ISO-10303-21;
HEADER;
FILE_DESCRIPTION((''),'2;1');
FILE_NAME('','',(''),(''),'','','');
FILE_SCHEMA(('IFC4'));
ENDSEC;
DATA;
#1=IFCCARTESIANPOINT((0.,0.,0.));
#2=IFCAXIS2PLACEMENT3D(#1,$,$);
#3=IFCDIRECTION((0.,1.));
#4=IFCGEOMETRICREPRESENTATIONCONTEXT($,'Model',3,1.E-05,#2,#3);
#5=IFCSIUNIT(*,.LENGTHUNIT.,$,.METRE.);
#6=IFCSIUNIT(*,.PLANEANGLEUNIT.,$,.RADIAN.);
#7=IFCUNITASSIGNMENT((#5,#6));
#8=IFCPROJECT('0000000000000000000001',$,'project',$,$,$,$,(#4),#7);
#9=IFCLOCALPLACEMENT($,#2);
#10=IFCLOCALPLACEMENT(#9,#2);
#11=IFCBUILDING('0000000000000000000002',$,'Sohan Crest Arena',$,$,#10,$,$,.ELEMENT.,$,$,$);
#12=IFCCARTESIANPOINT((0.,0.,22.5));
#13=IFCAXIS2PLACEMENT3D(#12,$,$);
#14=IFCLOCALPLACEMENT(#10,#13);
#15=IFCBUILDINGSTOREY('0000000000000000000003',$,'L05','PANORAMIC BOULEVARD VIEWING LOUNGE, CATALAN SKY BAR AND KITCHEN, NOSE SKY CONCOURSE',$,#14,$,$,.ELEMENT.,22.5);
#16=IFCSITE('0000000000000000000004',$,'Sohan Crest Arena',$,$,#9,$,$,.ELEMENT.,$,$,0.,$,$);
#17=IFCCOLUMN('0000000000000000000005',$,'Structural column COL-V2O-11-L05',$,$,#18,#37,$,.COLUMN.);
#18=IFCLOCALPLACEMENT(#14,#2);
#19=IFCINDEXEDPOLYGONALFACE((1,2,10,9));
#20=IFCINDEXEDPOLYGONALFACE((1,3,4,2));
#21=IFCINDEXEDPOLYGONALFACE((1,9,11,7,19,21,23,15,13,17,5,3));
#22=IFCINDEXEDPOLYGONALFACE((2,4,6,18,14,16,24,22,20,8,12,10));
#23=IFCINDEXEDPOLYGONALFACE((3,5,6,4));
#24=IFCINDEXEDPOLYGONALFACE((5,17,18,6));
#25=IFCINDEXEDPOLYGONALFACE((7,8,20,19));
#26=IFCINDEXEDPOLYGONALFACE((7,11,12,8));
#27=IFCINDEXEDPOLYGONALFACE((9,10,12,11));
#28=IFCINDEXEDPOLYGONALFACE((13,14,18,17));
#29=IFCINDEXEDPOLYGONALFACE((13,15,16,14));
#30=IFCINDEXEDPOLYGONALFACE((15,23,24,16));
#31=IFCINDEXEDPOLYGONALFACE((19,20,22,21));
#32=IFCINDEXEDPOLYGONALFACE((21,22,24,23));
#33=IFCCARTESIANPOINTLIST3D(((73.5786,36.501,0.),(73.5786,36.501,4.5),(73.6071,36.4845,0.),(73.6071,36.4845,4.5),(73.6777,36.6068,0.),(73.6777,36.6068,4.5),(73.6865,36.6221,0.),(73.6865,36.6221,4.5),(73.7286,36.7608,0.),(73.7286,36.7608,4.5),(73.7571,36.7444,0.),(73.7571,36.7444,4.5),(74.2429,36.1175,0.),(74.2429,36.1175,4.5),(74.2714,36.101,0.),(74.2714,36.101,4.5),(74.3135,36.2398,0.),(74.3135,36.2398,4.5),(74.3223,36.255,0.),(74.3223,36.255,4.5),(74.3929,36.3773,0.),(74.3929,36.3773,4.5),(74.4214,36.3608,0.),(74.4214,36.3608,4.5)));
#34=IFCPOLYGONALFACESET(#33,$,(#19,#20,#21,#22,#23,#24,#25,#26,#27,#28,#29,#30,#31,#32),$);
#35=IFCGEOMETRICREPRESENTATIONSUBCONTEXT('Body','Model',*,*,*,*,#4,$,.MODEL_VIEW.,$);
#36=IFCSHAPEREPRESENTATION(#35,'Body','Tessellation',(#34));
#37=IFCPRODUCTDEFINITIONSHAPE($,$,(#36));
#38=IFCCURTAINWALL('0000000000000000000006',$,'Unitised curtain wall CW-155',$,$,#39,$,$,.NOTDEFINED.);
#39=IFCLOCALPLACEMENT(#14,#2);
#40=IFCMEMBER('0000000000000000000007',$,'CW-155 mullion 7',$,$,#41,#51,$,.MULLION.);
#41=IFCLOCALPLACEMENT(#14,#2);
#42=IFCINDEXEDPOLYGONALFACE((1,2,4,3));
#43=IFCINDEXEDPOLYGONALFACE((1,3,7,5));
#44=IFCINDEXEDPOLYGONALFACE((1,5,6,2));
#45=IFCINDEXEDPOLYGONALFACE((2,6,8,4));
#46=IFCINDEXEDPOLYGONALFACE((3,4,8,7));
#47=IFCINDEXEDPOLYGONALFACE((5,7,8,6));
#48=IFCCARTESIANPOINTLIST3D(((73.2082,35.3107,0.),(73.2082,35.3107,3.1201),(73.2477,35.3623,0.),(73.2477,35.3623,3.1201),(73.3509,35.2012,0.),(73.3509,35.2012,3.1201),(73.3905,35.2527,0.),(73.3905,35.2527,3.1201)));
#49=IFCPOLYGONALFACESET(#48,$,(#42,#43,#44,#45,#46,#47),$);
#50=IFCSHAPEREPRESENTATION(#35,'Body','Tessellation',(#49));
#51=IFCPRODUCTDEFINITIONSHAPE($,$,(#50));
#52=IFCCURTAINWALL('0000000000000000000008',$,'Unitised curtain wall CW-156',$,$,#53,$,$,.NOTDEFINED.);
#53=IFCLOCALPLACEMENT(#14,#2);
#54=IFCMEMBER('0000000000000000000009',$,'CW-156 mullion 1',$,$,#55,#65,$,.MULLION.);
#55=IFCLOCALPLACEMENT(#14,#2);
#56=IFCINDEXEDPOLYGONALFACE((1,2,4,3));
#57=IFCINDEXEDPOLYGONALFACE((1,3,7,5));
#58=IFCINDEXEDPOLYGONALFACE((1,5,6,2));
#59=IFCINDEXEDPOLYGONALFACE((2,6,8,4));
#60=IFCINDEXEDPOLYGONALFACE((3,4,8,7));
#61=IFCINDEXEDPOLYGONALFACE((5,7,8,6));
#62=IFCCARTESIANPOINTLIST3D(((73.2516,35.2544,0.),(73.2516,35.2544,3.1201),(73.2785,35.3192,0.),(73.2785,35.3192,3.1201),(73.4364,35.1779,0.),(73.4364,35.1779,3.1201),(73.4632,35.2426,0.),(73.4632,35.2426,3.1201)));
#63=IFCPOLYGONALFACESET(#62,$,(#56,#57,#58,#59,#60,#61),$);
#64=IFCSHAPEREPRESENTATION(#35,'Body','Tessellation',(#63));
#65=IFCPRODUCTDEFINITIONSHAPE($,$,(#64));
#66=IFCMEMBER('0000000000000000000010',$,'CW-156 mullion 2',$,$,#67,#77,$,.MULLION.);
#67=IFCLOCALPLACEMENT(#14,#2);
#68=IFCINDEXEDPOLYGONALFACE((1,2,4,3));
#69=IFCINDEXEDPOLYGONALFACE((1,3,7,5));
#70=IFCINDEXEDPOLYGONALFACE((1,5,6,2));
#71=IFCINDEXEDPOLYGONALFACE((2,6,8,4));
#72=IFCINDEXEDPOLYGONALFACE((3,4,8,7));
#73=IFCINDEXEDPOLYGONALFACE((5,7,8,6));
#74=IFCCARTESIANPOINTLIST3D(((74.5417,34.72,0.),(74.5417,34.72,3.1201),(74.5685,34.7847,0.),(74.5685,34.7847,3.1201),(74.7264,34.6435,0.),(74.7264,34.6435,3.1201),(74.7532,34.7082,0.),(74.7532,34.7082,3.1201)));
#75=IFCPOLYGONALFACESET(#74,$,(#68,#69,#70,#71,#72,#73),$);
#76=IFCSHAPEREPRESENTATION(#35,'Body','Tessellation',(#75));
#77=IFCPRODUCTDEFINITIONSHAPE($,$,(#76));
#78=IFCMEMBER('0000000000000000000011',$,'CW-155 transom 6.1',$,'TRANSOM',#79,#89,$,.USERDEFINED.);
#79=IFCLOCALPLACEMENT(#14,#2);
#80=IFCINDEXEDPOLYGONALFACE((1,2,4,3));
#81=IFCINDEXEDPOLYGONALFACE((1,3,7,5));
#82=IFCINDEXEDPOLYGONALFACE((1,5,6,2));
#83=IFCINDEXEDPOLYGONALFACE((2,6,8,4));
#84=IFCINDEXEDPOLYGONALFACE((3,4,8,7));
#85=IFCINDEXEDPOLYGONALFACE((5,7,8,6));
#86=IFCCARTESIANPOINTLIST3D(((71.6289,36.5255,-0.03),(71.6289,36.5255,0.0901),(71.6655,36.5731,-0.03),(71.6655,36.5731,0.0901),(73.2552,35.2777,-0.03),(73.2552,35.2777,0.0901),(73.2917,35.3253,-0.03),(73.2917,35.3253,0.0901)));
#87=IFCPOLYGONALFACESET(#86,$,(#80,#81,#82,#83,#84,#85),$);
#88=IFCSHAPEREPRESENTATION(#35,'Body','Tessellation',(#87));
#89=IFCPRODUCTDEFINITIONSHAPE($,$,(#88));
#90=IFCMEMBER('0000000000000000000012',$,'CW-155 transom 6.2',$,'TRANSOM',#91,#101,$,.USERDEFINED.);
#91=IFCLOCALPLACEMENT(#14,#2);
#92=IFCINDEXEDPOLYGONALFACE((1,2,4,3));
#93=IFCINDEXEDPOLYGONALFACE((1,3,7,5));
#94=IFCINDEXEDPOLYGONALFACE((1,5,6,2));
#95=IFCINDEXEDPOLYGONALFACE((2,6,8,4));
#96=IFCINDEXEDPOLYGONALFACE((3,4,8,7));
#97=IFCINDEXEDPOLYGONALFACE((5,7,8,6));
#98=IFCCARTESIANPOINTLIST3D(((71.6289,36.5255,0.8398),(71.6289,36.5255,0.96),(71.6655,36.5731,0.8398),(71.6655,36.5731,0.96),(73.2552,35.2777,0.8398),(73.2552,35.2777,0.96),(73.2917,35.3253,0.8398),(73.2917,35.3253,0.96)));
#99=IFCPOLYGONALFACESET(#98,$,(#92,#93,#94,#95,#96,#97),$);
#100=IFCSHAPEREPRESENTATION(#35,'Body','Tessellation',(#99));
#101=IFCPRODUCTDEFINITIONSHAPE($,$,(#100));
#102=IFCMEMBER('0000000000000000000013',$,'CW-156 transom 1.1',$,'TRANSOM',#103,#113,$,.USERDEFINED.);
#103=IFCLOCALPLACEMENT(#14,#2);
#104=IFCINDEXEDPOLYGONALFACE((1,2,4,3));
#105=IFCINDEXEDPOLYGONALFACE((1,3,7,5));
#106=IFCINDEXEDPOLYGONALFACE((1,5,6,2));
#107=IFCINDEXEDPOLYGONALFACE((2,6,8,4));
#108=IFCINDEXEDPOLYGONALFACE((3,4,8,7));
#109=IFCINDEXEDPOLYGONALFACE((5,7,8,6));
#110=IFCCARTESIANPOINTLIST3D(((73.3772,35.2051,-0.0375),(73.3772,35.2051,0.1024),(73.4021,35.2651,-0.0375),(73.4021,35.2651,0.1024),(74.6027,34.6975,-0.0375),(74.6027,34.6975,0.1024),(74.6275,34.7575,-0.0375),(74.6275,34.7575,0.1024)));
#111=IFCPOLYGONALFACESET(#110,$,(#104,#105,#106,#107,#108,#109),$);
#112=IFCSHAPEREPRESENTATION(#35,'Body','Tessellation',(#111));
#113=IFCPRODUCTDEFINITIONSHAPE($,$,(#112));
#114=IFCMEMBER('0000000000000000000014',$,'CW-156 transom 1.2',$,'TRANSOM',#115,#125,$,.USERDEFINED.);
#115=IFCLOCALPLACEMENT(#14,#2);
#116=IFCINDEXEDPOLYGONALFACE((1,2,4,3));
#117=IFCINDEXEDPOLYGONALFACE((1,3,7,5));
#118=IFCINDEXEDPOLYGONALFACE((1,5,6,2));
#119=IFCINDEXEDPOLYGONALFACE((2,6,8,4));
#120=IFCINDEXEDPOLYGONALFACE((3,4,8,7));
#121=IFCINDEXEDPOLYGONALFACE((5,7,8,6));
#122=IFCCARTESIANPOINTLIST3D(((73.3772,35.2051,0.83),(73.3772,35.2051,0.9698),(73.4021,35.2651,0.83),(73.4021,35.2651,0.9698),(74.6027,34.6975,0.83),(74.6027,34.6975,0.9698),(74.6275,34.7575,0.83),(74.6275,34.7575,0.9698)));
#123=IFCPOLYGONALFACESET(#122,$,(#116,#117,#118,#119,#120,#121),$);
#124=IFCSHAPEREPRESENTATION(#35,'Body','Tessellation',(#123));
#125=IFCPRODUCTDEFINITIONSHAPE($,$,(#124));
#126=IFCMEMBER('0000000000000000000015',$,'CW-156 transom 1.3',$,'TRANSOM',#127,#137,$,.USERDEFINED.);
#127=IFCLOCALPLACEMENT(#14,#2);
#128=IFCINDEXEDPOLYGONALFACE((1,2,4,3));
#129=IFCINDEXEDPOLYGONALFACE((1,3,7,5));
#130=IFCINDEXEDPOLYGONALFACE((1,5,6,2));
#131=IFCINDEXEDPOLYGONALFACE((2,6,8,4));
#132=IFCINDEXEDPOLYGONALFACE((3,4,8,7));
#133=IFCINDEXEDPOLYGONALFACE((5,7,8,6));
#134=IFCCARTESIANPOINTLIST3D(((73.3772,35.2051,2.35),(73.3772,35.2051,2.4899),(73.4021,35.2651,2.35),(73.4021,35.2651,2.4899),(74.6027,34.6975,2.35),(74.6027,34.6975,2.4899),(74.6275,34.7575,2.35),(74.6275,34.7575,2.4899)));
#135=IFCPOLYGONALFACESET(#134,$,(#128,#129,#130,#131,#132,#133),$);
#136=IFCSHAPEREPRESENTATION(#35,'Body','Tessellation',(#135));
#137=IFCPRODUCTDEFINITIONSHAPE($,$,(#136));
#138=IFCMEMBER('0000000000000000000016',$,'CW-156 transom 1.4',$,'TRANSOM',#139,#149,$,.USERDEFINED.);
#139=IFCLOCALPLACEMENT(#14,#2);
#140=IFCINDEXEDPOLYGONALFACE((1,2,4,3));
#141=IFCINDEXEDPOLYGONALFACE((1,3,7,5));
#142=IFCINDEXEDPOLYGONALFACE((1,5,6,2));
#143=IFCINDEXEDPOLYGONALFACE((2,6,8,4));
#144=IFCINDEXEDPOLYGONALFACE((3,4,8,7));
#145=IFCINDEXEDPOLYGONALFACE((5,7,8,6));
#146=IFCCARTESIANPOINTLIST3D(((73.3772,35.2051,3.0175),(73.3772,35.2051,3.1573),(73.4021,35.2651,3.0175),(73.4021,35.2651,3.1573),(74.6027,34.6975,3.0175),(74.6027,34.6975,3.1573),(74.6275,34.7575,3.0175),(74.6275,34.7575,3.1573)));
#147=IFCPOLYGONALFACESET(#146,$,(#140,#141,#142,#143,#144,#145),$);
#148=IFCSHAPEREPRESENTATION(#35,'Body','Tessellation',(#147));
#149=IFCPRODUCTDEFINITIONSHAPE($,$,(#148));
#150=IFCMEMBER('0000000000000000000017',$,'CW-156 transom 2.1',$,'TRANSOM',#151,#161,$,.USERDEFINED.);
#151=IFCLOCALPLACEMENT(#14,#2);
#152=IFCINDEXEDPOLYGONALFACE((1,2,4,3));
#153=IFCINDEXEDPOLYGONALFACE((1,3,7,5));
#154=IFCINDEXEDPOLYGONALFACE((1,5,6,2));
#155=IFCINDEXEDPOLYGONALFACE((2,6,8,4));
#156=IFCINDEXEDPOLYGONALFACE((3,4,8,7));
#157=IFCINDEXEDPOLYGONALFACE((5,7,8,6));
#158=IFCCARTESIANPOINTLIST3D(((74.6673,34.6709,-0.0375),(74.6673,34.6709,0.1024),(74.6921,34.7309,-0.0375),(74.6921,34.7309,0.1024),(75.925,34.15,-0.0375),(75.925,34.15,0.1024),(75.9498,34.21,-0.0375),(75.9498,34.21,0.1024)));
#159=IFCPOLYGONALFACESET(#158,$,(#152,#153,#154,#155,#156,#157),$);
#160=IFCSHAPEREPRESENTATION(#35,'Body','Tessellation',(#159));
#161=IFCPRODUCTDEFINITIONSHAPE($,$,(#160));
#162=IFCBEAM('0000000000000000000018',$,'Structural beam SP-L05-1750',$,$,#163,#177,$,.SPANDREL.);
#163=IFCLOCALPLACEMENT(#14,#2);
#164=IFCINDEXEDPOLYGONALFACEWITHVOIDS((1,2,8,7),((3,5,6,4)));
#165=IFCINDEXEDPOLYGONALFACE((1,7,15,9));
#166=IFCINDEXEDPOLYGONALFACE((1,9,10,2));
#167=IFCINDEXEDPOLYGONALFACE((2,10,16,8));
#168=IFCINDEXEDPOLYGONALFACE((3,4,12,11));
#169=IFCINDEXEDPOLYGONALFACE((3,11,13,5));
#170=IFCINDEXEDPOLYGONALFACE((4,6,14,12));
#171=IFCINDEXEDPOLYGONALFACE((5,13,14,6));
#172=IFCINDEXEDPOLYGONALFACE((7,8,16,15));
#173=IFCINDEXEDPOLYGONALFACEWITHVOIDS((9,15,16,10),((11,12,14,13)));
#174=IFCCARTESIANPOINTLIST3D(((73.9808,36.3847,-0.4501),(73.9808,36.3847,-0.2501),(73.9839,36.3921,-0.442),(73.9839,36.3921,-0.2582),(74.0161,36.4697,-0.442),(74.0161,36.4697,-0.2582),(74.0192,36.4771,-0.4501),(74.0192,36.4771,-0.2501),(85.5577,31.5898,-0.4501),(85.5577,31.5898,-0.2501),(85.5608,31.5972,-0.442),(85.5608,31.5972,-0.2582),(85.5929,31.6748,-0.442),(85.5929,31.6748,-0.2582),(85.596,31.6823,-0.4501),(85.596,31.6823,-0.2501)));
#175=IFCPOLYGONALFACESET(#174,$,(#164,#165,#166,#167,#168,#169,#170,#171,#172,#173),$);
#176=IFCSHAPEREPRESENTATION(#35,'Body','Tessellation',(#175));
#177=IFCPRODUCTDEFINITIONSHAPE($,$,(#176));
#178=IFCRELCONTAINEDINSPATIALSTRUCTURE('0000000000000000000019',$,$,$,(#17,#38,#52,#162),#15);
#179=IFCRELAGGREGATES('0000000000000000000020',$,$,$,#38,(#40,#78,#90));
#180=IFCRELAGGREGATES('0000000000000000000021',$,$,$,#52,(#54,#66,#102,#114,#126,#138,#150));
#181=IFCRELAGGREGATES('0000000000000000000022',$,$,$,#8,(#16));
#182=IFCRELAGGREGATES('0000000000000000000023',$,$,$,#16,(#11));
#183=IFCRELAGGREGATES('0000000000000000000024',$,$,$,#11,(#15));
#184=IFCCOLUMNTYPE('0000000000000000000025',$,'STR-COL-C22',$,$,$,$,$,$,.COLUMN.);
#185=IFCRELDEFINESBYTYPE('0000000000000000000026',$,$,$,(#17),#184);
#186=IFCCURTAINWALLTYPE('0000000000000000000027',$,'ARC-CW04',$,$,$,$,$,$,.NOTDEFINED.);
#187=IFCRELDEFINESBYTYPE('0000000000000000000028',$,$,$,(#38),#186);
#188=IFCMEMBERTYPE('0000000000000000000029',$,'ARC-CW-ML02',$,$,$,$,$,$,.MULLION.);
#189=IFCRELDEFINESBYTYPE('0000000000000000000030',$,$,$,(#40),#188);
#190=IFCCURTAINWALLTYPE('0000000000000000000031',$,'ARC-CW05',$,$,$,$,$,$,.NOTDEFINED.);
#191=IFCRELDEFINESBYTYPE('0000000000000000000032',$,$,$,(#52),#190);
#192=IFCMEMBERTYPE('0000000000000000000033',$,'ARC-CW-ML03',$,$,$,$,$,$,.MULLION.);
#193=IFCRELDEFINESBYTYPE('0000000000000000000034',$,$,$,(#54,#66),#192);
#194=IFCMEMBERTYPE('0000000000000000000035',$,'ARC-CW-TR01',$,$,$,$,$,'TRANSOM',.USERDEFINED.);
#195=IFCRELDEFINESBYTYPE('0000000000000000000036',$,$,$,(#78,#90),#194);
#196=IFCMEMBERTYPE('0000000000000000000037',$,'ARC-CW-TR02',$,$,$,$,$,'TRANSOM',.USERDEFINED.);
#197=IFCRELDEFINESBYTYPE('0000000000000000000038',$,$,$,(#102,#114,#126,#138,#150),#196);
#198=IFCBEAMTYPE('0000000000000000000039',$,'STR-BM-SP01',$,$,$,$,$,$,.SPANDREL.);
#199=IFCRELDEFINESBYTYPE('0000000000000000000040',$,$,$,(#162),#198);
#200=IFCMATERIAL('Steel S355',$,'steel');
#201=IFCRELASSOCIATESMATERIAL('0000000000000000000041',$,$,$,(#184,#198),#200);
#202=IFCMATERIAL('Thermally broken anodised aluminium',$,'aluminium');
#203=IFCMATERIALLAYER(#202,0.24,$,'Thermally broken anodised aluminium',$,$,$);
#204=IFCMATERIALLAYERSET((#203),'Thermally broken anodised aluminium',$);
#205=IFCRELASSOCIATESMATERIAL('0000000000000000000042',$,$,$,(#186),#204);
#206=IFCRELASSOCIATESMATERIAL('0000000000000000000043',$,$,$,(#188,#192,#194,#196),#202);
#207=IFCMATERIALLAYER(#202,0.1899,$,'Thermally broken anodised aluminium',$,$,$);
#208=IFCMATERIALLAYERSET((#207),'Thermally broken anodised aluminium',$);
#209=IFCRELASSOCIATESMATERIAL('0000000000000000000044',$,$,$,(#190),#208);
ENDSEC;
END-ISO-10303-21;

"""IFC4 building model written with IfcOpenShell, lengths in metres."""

from ifc_helpers import new_model, si_unit, direction, frame, origin, origin_2d, place, context, subcontext, project, spatial, rectangle, hollow_rectangle, i_section, extrude, material, layer, layer_set, material_profile, profile_set, type_object, element, aggregate, save


model = new_model("IFC4")

# Units and contexts
model_context = context("Model", 3, precision=1e-05, world=origin(), true_north=direction((0.0, 1.0)))
body_context = subcontext(model_context, "Body", "Model", "MODEL_VIEW")
ifc_project = project(units=[si_unit("LENGTHUNIT", "METRE"), si_unit("PLANEANGLEUNIT", "RADIAN")], contexts=[model_context])

# Site, building, storey
site_placement = place(None, origin())
site = spatial("IfcSite", under=ifc_project, at=site_placement, Name="Sohan Crest Arena", CompositionType="ELEMENT", RefElevation=0.0)
building_placement = place(site_placement, origin())
building = spatial("IfcBuilding", under=site, at=building_placement, Name="Sohan Crest Arena", CompositionType="ELEMENT")
storey_placement = place(building_placement, frame((0.0, 0.0, 22.5)))
storey = spatial("IfcBuildingStorey", under=building, at=storey_placement, Name="L05", Description="PANORAMIC BOULEVARD VIEWING LOUNGE, CATALAN SKY BAR AND KITCHEN, NOSE SKY CONCOURSE", CompositionType="ELEMENT", Elevation=22.5)

# Column
ifc_material_1 = material(Name="Steel S355", Category="steel")
ifc_material_profile_1 = material_profile(ifc_material_1, i_section(OverallWidth=0.3, OverallDepth=0.8, WebThickness=0.0176, FlangeThickness=0.033, at=origin_2d()), Name="HEB 800")
ifc_profile_set_1 = profile_set([ifc_material_profile_1], Name="Steel S355")
column_type = type_object("IfcColumnType", Name="STR-COL-C22", PredefinedType="COLUMN", material=ifc_profile_set_1)
column_placement = place(storey_placement, frame((74.0, 36.4309, 0.0), z_axis=(0.0, 0.0, 1.0), x_axis=(0.5, 0.866025, 0.0)))
element("IfcColumn", 1, at=column_placement, inside=storey, type_object=column_type, Name="Structural column COL-V2O-11-L05", PredefinedType="COLUMN", context=body_context, shape_type="SweptSolid", body=[
    extrude(i_section(OverallWidth=0.3, OverallDepth=0.8, WebThickness=0.0176, FlangeThickness=0.033, at=origin_2d()), origin(), (0.0, 0.0, 1.0), 4.5),
])

# Curtain wall, member
ifc_material_2 = material(Name="Thermally broken anodised aluminium", Category="aluminium")
ifc_layer_1 = layer(ifc_material_2, 0.24, Name="Thermally broken anodised aluminium")
ifc_layer_set_1 = layer_set([ifc_layer_1], Name="Thermally broken anodised aluminium")
curtain_wall_type_1 = type_object("IfcCurtainWallType", Name="ARC-CW04", PredefinedType="NOTDEFINED", material=ifc_layer_set_1)
curtain_wall_1_placement = place(storey_placement, origin())
curtain_wall_1 = element("IfcCurtainWall", 2, at=curtain_wall_1_placement, inside=storey, type_object=curtain_wall_type_1, Name="Unitised curtain wall CW-155", PredefinedType="NOTDEFINED")
ifc_material_profile_2 = material_profile(ifc_material_2, rectangle(XDim=0.0649, YDim=0.1799, at=origin_2d()), Name="ALU-MULL 65x180")
ifc_profile_set_2 = profile_set([ifc_material_profile_2], Name="Thermally broken anodised aluminium")
member_type_1 = type_object("IfcMemberType", Name="ARC-CW-ML02", PredefinedType="MULLION", material=ifc_profile_set_2)
member_1_placement = place(storey_placement, frame((73.2993, 35.2817, 0.0), z_axis=(0.0, 0.0, 1.0), x_axis=(0.60872, 0.793385, 0.0)))
member_1 = element("IfcMember", 3, at=member_1_placement, type_object=member_type_1, Name="CW-155 mullion 7", PredefinedType="MULLION", context=body_context, shape_type="SweptSolid", body=[
    extrude(rectangle(XDim=0.0649, YDim=0.1799, at=origin_2d()), origin(), (0.0, 0.0, 1.0), 3.1201),
])

# Curtain wall, members
ifc_layer_2 = layer(ifc_material_2, 0.1899, Name="Thermally broken anodised aluminium")
ifc_layer_set_2 = layer_set([ifc_layer_2], Name="Thermally broken anodised aluminium")
curtain_wall_type_2 = type_object("IfcCurtainWallType", Name="ARC-CW05", PredefinedType="NOTDEFINED", material=ifc_layer_set_2)
curtain_wall_2_placement = place(storey_placement, origin())
curtain_wall_2 = element("IfcCurtainWall", 4, at=curtain_wall_2_placement, inside=storey, type_object=curtain_wall_type_2, Name="Unitised curtain wall CW-156", PredefinedType="NOTDEFINED")
ifc_material_profile_3 = material_profile(ifc_material_2, rectangle(XDim=0.0701, YDim=0.2, at=origin_2d()), Name="ALU-MULL 70x200")
ifc_profile_set_3 = profile_set([ifc_material_profile_3], Name="Thermally broken anodised aluminium")
member_type_2 = type_object("IfcMemberType", Name="ARC-CW-ML03", PredefinedType="MULLION", material=ifc_profile_set_3)
member_2_placement = place(storey_placement, frame((73.3574, 35.2485, 0.0), z_axis=(0.0, 0.0, 1.0), x_axis=(0.382685, 0.923879, 0.0)))
member_2 = element("IfcMember", 5, at=member_2_placement, type_object=member_type_2, Name="CW-156 mullion 1", PredefinedType="MULLION", context=body_context, shape_type="SweptSolid", body=[
    extrude(rectangle(XDim=0.0701, YDim=0.2, at=origin_2d()), origin(), (0.0, 0.0, 1.0), 3.1201),
])
member_3_placement = place(storey_placement, frame((74.6475, 34.7141, 0.0), z_axis=(0.0, 0.0, 1.0), x_axis=(0.382685, 0.923879, 0.0)))
member_3 = element("IfcMember", 6, at=member_3_placement, type_object=member_type_2, Name="CW-156 mullion 2", PredefinedType="MULLION", context=body_context, shape_type="SweptSolid", body=[
    extrude(rectangle(XDim=0.0701, YDim=0.2, at=origin_2d()), origin(), (0.0, 0.0, 1.0), 3.1201),
])

# Members
ifc_material_profile_4 = material_profile(ifc_material_2, rectangle(XDim=0.0601, YDim=0.1201, at=origin_2d()), Name="ALU-TRAN 60x120")
ifc_profile_set_4 = profile_set([ifc_material_profile_4], Name="Thermally broken anodised aluminium")
member_type_3 = type_object("IfcMemberType", Name="ARC-CW-TR01", ElementType="TRANSOM", PredefinedType="USERDEFINED", material=ifc_profile_set_4)
member_4_placement = place(storey_placement, frame((71.6472, 36.5493, 0.03), z_axis=(0.793363, -0.608749, 0.0), x_axis=(0.608749, 0.793363, 0.0)))
member_4 = element("IfcMember", 7, at=member_4_placement, type_object=member_type_3, Name="CW-155 transom 6.1", ObjectType="TRANSOM", PredefinedType="USERDEFINED", context=body_context, shape_type="SweptSolid", body=[
    extrude(rectangle(XDim=0.0601, YDim=0.1201, at=origin_2d()), origin(), (0.0, 0.0, 1.0), 2.0498),
])
member_5_placement = place(storey_placement, frame((71.6472, 36.5493, 0.8999), z_axis=(0.793363, -0.608749, 0.0), x_axis=(0.608749, 0.793363, 0.0)))
member_5 = element("IfcMember", 8, at=member_5_placement, type_object=member_type_3, Name="CW-155 transom 6.2", ObjectType="TRANSOM", PredefinedType="USERDEFINED", context=body_context, shape_type="SweptSolid", body=[
    extrude(rectangle(XDim=0.0601, YDim=0.1201, at=origin_2d()), origin(), (0.0, 0.0, 1.0), 2.0498),
])
ifc_material_profile_5 = material_profile(ifc_material_2, rectangle(XDim=0.0649, YDim=0.1399, at=origin_2d()), Name="ALU-TRAN 65x140")
ifc_profile_set_5 = profile_set([ifc_material_profile_5], Name="Thermally broken anodised aluminium")
member_type_4 = type_object("IfcMemberType", Name="ARC-CW-TR02", ElementType="TRANSOM", PredefinedType="USERDEFINED", material=ifc_profile_set_5)
member_6_placement = place(storey_placement, frame((73.3896, 35.2351, 0.0325), z_axis=(0.923875, -0.382693, 0.0), x_axis=(0.382693, 0.923875, 0.0)))
member_6 = element("IfcMember", 9, at=member_6_placement, type_object=member_type_4, Name="CW-156 transom 1.1", ObjectType="TRANSOM", PredefinedType="USERDEFINED", context=body_context, shape_type="SweptSolid", body=[
    extrude(rectangle(XDim=0.0649, YDim=0.1399, at=origin_2d()), origin(), (0.0, 0.0, 1.0), 1.3264),
])
member_7_placement = place(storey_placement, frame((73.3896, 35.2351, 0.8999), z_axis=(0.923875, -0.382693, 0.0), x_axis=(0.382693, 0.923875, 0.0)))
member_7 = element("IfcMember", 10, at=member_7_placement, type_object=member_type_4, Name="CW-156 transom 1.2", ObjectType="TRANSOM", PredefinedType="USERDEFINED", context=body_context, shape_type="SweptSolid", body=[
    extrude(rectangle(XDim=0.0649, YDim=0.1399, at=origin_2d()), origin(), (0.0, 0.0, 1.0), 1.3264),
])
member_8_placement = place(storey_placement, frame((73.3896, 35.2351, 2.4199), z_axis=(0.923875, -0.382693, 0.0), x_axis=(0.382693, 0.923875, 0.0)))
member_8 = element("IfcMember", 11, at=member_8_placement, type_object=member_type_4, Name="CW-156 transom 1.3", ObjectType="TRANSOM", PredefinedType="USERDEFINED", context=body_context, shape_type="SweptSolid", body=[
    extrude(rectangle(XDim=0.0649, YDim=0.1399, at=origin_2d()), origin(), (0.0, 0.0, 1.0), 1.3264),
])
member_9_placement = place(storey_placement, frame((73.3896, 35.2351, 3.0874), z_axis=(0.923875, -0.382693, 0.0), x_axis=(0.382693, 0.923875, 0.0)))
member_9 = element("IfcMember", 12, at=member_9_placement, type_object=member_type_4, Name="CW-156 transom 1.4", ObjectType="TRANSOM", PredefinedType="USERDEFINED", context=body_context, shape_type="SweptSolid", body=[
    extrude(rectangle(XDim=0.0649, YDim=0.1399, at=origin_2d()), origin(), (0.0, 0.0, 1.0), 1.3264),
])
member_10_placement = place(storey_placement, frame((74.6797, 34.7009, 0.0325), z_axis=(0.923881, -0.382679, 0.0), x_axis=(0.382679, 0.923881, 0.0)))
member_10 = element("IfcMember", 13, at=member_10_placement, type_object=member_type_4, Name="CW-156 transom 2.1", ObjectType="TRANSOM", PredefinedType="USERDEFINED", context=body_context, shape_type="SweptSolid", body=[
    extrude(rectangle(XDim=0.0649, YDim=0.1399, at=origin_2d()), origin(), (0.0, 0.0, 1.0), 1.3613),
])

# Beam
ifc_material_profile_6 = material_profile(ifc_material_1, hollow_rectangle(XDim=0.1001, YDim=0.2, WallThickness=0.0081, at=origin_2d()), Name="RHS 200x100x8")
ifc_profile_set_6 = profile_set([ifc_material_profile_6], Name="Steel S355")
beam_type = type_object("IfcBeamType", Name="STR-BM-SP01", PredefinedType="SPANDREL", material=ifc_profile_set_6)
beam_placement = place(storey_placement, frame((74.0, 36.4309, -0.3501), z_axis=(0.923891, -0.382657, 0.0), x_axis=(0.382657, 0.923891, 0.0)))
element("IfcBeam", 14, at=beam_placement, inside=storey, type_object=beam_type, Name="Structural beam SP-L05-1750", PredefinedType="SPANDREL", context=body_context, shape_type="SweptSolid", body=[
    extrude(hollow_rectangle(XDim=0.1001, YDim=0.2, WallThickness=0.0081, at=origin_2d()), origin(), (0.0, 0.0, 1.0), 12.5305),
])

aggregate(curtain_wall_1, [member_1, member_4, member_5])
aggregate(curtain_wall_2, [member_2, member_3, member_6, member_7, member_8, member_9, member_10])

save(model, "model.ifc")
